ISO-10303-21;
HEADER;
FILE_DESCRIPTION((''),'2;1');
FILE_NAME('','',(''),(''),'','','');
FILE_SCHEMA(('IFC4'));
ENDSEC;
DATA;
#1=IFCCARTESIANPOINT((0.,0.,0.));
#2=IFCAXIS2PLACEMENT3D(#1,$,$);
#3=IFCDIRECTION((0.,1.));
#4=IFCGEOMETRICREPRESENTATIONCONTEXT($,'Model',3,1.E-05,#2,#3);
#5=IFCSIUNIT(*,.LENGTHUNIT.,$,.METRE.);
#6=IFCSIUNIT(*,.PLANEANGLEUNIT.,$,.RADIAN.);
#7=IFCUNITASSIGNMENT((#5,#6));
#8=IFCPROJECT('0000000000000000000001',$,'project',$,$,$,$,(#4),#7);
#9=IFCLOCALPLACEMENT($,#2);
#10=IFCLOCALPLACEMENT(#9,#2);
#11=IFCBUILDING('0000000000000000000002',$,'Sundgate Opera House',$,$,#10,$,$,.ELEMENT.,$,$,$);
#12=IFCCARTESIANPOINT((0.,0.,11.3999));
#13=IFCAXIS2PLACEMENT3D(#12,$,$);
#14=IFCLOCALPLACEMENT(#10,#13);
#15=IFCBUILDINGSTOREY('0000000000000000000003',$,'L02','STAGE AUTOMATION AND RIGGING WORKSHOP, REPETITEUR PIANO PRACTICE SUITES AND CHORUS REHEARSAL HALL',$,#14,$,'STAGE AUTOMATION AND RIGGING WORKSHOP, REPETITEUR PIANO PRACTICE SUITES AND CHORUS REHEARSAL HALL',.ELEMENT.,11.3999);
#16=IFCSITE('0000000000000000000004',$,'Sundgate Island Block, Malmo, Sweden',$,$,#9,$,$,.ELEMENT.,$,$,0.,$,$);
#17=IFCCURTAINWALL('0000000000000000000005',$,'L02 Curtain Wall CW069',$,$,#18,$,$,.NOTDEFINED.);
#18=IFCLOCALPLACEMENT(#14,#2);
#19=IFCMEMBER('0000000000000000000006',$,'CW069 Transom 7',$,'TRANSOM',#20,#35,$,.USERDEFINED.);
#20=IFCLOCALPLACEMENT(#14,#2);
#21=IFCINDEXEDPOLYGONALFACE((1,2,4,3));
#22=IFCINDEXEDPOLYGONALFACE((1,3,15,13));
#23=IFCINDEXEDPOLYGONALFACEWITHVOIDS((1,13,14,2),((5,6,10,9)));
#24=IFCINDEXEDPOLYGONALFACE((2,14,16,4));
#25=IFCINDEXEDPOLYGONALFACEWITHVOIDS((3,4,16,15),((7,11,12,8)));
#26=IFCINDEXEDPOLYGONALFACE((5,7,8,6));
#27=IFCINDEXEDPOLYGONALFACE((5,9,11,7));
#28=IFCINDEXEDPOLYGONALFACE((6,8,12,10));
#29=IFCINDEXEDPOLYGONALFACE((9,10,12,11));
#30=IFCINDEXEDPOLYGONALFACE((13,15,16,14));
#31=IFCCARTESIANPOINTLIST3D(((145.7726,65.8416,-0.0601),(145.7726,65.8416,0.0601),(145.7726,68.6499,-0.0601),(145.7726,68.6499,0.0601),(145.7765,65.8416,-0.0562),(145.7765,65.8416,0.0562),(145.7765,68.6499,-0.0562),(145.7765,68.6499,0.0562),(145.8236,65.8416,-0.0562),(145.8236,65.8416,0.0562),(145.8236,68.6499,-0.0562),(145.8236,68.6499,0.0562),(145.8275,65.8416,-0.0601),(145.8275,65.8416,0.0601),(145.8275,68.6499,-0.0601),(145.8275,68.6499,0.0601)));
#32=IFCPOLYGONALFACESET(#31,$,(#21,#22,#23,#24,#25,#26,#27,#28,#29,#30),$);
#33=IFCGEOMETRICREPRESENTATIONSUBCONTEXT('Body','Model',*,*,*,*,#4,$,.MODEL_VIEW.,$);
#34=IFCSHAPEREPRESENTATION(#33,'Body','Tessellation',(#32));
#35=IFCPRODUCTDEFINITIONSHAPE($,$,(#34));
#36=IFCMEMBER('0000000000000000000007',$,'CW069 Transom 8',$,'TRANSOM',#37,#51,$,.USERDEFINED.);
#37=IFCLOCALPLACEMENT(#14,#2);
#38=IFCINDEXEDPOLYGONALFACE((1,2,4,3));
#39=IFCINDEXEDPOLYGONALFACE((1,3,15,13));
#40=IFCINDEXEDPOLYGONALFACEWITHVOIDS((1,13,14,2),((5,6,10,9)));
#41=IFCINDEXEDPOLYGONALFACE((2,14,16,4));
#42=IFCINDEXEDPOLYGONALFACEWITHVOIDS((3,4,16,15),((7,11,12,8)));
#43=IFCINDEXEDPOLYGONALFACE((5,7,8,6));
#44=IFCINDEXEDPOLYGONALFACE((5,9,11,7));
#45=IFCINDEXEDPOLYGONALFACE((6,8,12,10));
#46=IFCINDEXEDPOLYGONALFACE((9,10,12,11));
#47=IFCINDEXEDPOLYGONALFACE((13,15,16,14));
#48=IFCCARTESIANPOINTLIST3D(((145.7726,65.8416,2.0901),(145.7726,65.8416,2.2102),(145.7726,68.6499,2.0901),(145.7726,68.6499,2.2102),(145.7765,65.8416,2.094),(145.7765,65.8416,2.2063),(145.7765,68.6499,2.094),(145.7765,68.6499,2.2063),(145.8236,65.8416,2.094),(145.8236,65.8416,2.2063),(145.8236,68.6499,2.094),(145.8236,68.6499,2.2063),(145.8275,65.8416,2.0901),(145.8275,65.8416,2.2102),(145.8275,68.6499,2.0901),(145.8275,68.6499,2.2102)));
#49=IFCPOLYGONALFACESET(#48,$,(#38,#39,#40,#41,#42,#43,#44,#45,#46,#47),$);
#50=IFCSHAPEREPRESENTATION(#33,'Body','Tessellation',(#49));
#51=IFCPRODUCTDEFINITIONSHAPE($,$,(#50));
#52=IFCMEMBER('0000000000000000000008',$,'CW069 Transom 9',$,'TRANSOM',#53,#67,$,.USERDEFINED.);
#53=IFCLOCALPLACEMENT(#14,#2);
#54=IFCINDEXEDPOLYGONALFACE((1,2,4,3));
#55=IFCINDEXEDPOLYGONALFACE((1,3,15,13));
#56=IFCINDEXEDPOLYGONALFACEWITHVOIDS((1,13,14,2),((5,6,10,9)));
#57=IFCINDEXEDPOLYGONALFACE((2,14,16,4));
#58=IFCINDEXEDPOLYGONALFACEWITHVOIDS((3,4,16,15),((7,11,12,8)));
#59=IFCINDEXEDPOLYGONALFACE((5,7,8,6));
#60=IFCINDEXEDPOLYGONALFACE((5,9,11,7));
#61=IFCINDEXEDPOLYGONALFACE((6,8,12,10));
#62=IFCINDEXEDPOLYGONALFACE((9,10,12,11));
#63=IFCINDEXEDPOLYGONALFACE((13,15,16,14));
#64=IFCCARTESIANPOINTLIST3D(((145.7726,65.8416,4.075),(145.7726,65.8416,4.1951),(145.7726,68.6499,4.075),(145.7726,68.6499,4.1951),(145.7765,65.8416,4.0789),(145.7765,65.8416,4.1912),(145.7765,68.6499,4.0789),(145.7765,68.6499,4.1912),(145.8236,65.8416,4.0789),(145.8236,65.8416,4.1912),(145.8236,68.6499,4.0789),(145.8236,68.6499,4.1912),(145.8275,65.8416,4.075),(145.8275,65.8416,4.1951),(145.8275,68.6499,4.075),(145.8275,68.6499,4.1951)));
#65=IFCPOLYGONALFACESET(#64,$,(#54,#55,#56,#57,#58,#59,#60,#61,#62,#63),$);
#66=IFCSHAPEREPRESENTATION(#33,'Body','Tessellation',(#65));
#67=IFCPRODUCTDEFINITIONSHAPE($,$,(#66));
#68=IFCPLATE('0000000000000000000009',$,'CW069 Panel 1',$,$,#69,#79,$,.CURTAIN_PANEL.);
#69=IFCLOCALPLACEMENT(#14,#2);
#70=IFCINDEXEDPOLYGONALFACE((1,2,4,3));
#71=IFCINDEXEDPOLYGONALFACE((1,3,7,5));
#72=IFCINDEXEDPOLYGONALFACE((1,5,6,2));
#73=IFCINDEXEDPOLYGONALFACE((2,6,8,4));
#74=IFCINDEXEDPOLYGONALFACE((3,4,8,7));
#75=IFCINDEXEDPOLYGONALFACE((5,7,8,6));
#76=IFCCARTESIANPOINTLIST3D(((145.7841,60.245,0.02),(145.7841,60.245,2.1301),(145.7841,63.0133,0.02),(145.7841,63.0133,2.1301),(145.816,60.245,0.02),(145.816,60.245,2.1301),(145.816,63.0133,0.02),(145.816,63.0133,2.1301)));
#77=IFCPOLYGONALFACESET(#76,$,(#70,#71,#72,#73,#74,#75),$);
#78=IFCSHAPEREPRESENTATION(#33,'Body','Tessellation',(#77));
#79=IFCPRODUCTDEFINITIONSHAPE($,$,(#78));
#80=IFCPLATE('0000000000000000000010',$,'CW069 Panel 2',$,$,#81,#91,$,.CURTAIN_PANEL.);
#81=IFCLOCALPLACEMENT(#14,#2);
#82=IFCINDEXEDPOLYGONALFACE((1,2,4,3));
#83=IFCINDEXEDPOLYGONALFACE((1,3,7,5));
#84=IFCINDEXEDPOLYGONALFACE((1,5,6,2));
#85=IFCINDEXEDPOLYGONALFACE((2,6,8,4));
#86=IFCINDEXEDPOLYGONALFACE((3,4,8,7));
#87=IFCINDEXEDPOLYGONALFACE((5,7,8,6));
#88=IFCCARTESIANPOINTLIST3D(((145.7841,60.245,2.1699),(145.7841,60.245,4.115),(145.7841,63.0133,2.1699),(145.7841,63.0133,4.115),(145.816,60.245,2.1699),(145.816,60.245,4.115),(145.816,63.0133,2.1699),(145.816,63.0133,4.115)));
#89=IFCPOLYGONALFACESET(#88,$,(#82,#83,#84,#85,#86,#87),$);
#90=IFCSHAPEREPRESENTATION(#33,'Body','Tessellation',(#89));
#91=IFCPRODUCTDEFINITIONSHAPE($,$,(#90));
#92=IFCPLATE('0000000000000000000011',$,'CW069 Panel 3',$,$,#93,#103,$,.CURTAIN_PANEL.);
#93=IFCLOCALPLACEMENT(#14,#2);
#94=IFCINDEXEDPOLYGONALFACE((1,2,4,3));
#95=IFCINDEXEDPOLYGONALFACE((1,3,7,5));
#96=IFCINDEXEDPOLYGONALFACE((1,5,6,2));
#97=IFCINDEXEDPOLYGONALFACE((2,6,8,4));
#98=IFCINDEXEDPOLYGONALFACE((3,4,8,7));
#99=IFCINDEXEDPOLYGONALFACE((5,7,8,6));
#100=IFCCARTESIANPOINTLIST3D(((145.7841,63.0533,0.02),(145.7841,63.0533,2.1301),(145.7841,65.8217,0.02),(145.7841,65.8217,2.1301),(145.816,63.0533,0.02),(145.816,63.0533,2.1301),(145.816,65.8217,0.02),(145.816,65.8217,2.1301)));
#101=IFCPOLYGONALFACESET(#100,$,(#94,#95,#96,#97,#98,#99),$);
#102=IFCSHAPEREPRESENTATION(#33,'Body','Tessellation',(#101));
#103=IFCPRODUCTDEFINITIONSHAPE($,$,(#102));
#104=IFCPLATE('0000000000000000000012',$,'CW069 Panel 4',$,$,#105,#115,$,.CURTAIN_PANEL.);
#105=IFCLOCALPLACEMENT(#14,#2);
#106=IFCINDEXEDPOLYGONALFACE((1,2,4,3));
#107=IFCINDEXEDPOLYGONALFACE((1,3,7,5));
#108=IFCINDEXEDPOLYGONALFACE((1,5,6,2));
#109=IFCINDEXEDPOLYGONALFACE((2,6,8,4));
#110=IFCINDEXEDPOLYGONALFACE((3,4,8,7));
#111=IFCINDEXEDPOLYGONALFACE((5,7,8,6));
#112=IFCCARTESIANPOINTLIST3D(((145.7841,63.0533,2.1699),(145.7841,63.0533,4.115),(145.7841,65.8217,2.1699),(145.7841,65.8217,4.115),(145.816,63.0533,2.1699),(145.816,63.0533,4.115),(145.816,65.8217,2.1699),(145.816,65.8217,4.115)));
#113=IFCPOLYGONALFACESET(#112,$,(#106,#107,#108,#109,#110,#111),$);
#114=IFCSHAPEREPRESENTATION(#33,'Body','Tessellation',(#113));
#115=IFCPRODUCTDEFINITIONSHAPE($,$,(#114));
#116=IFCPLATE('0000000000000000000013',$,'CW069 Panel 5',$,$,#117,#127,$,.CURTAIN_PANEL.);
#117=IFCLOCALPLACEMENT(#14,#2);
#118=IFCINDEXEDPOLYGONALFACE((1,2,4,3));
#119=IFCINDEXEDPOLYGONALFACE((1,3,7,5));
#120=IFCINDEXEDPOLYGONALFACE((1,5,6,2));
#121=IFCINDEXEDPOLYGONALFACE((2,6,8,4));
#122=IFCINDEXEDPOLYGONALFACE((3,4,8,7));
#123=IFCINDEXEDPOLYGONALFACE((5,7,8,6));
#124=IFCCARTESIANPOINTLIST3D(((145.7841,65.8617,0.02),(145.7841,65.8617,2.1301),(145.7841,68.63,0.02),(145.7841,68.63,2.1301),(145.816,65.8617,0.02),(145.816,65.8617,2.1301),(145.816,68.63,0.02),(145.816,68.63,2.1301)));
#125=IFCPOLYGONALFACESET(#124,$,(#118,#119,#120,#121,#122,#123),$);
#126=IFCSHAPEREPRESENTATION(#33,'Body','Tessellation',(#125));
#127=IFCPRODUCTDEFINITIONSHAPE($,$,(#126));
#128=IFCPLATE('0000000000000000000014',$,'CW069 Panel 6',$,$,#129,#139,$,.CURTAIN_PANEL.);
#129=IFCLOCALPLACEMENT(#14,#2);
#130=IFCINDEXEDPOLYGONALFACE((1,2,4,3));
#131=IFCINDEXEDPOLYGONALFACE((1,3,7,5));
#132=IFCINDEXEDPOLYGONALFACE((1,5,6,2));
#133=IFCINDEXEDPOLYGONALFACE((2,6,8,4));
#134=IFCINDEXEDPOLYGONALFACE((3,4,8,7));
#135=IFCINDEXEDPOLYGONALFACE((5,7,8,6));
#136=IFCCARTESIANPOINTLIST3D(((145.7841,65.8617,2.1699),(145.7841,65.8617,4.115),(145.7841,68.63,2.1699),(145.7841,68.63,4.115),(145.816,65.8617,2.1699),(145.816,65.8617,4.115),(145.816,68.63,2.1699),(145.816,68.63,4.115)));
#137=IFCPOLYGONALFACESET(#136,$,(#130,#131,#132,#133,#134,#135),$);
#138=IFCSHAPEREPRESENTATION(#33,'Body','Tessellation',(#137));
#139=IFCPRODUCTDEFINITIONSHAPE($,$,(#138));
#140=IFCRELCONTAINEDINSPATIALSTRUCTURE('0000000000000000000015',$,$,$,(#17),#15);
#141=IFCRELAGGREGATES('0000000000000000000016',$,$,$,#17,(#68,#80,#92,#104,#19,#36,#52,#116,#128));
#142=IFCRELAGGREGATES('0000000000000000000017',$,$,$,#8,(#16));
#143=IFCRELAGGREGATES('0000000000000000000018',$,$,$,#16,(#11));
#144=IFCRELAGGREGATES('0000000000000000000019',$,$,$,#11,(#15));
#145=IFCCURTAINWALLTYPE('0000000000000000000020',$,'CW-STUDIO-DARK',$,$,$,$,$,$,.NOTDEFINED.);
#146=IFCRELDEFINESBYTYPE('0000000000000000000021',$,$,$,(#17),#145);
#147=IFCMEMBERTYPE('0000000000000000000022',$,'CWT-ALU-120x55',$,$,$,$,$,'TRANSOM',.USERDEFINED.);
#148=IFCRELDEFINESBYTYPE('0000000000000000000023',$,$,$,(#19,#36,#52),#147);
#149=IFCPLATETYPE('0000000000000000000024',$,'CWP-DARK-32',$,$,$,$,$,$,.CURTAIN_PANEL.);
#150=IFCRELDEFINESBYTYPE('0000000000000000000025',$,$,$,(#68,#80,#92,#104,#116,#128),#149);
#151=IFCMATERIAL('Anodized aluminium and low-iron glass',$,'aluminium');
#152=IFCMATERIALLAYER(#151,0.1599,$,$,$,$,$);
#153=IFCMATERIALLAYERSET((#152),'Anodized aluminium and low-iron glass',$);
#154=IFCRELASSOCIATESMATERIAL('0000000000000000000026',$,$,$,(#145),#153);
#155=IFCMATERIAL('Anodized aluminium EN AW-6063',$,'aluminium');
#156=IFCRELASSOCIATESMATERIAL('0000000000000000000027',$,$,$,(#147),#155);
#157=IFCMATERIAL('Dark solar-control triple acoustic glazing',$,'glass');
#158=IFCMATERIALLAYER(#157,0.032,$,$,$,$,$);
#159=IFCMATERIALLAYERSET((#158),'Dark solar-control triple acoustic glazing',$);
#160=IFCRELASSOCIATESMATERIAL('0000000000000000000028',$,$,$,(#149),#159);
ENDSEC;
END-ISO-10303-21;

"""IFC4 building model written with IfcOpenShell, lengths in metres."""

from ifc_helpers import new_model, si_unit, direction, frame, origin, origin_2d, place, context, subcontext, project, spatial, rectangle, hollow_rectangle, extrude, material, layer, layer_set, material_profile, profile_set, type_object, element, aggregate, save


model = new_model("IFC4")

# Units and contexts
model_context = context("Model", 3, precision=1e-05, world=origin(), true_north=direction((0.0, 1.0)))
body_context = subcontext(model_context, "Body", "Model", "MODEL_VIEW")
ifc_project = project(units=[si_unit("LENGTHUNIT", "METRE"), si_unit("PLANEANGLEUNIT", "RADIAN")], contexts=[model_context])

# Site, building, storey
site_placement = place(None, origin())
site = spatial("IfcSite", under=ifc_project, at=site_placement, Name="Sundgate Island Block, Malmo, Sweden", CompositionType="ELEMENT", RefElevation=0.0)
building_placement = place(site_placement, origin())
building = spatial("IfcBuilding", under=site, at=building_placement, Name="Sundgate Opera House", CompositionType="ELEMENT")
storey_placement = place(building_placement, frame((0.0, 0.0, 11.3999)))
storey = spatial("IfcBuildingStorey", under=building, at=storey_placement, Name="L02", Description="STAGE AUTOMATION AND RIGGING WORKSHOP, REPETITEUR PIANO PRACTICE SUITES AND CHORUS REHEARSAL HALL", LongName="STAGE AUTOMATION AND RIGGING WORKSHOP, REPETITEUR PIANO PRACTICE SUITES AND CHORUS REHEARSAL HALL", CompositionType="ELEMENT", Elevation=11.3999)

# Curtain wall, members, plates
ifc_material_1 = material(Name="Anodized aluminium and low-iron glass", Category="aluminium")
ifc_layer_1 = layer(ifc_material_1, 0.1599)
ifc_layer_set_1 = layer_set([ifc_layer_1], Name="Anodized aluminium and low-iron glass")
curtain_wall_type = type_object("IfcCurtainWallType", Name="CW-STUDIO-DARK", PredefinedType="NOTDEFINED", material=ifc_layer_set_1)
curtain_wall_placement = place(storey_placement, origin())
curtain_wall = element("IfcCurtainWall", 1, at=curtain_wall_placement, inside=storey, type_object=curtain_wall_type, Name="L02 Curtain Wall CW069", PredefinedType="NOTDEFINED")
ifc_material_2 = material(Name="Anodized aluminium EN AW-6063", Category="aluminium")
ifc_material_profile_1 = material_profile(ifc_material_2, hollow_rectangle(XDim=0.0549, YDim=0.1201, WallThickness=0.0039, at=origin_2d()), Name="CWT 120x55x4")
ifc_profile_set_1 = profile_set([ifc_material_profile_1], Name="Anodized aluminium EN AW-6063")
member_type_1 = type_object("IfcMemberType", Name="CWT-ALU-120x55", ElementType="TRANSOM", PredefinedType="USERDEFINED", material=ifc_profile_set_1)
member_1_placement = place(storey_placement, frame((145.8, 65.8416, 0.0), z_axis=(0.0, 1.0, 0.0), x_axis=(-1.0, 0.0, 0.0)))
member_1 = element("IfcMember", 2, at=member_1_placement, type_object=member_type_1, Name="CW069 Transom 7", ObjectType="TRANSOM", PredefinedType="USERDEFINED", context=body_context, shape_type="SweptSolid", body=[
    extrude(hollow_rectangle(XDim=0.0549, YDim=0.1201, WallThickness=0.0039, at=origin_2d()), origin(), (0.0, 0.0, 1.0), 2.8083),
])
member_2_placement = place(storey_placement, frame((145.8, 65.8416, 2.1501), z_axis=(0.0, 1.0, 0.0), x_axis=(-1.0, 0.0, 0.0)))
member_2 = element("IfcMember", 3, at=member_2_placement, type_object=member_type_1, Name="CW069 Transom 8", ObjectType="TRANSOM", PredefinedType="USERDEFINED", context=body_context, shape_type="SweptSolid", body=[
    extrude(hollow_rectangle(XDim=0.0549, YDim=0.1201, WallThickness=0.0039, at=origin_2d()), origin(), (0.0, 0.0, 1.0), 2.8083),
])
member_3_placement = place(storey_placement, frame((145.8, 65.8416, 4.135), z_axis=(0.0, 1.0, 0.0), x_axis=(-1.0, 0.0, 0.0)))
member_3 = element("IfcMember", 4, at=member_3_placement, type_object=member_type_1, Name="CW069 Transom 9", ObjectType="TRANSOM", PredefinedType="USERDEFINED", context=body_context, shape_type="SweptSolid", body=[
    extrude(hollow_rectangle(XDim=0.0549, YDim=0.1201, WallThickness=0.0039, at=origin_2d()), origin(), (0.0, 0.0, 1.0), 2.8083),
])
ifc_material_3 = material(Name="Dark solar-control triple acoustic glazing", Category="glass")
ifc_layer_2 = layer(ifc_material_3, 0.032)
ifc_layer_set_2 = layer_set([ifc_layer_2], Name="Dark solar-control triple acoustic glazing")
plate_type = type_object("IfcPlateType", Name="CWP-DARK-32", PredefinedType="CURTAIN_PANEL", material=ifc_layer_set_2)
plate_1_placement = place(storey_placement, frame((145.8, 61.6292, 0.02), z_axis=(0.0, 0.0, 1.0), x_axis=(0.0, 1.0, 0.0)))
plate_1 = element("IfcPlate", 5, at=plate_1_placement, type_object=plate_type, Name="CW069 Panel 1", PredefinedType="CURTAIN_PANEL", context=body_context, shape_type="SweptSolid", body=[
    extrude(rectangle(XDim=2.7683, YDim=0.032, at=origin_2d()), origin(), (0.0, 0.0, 1.0), 2.1101),
])
plate_2_placement = place(storey_placement, frame((145.8, 61.6292, 2.1699), z_axis=(0.0, 0.0, 1.0), x_axis=(0.0, 1.0, 0.0)))
plate_2 = element("IfcPlate", 6, at=plate_2_placement, type_object=plate_type, Name="CW069 Panel 2", PredefinedType="CURTAIN_PANEL", context=body_context, shape_type="SweptSolid", body=[
    extrude(rectangle(XDim=2.7683, YDim=0.032, at=origin_2d()), origin(), (0.0, 0.0, 1.0), 1.9451),
])
plate_3_placement = place(storey_placement, frame((145.8, 64.4375, 0.02), z_axis=(0.0, 0.0, 1.0), x_axis=(0.0, 1.0, 0.0)))
plate_3 = element("IfcPlate", 7, at=plate_3_placement, type_object=plate_type, Name="CW069 Panel 3", PredefinedType="CURTAIN_PANEL", context=body_context, shape_type="SweptSolid", body=[
    extrude(rectangle(XDim=2.7683, YDim=0.032, at=origin_2d()), origin(), (0.0, 0.0, 1.0), 2.1101),
])
plate_4_placement = place(storey_placement, frame((145.8, 64.4375, 2.1699), z_axis=(0.0, 0.0, 1.0), x_axis=(0.0, 1.0, 0.0)))
plate_4 = element("IfcPlate", 8, at=plate_4_placement, type_object=plate_type, Name="CW069 Panel 4", PredefinedType="CURTAIN_PANEL", context=body_context, shape_type="SweptSolid", body=[
    extrude(rectangle(XDim=2.7683, YDim=0.032, at=origin_2d()), origin(), (0.0, 0.0, 1.0), 1.9451),
])
plate_5_placement = place(storey_placement, frame((145.8, 67.2458, 0.02), z_axis=(0.0, 0.0, 1.0), x_axis=(0.0, 1.0, 0.0)))
plate_5 = element("IfcPlate", 9, at=plate_5_placement, type_object=plate_type, Name="CW069 Panel 5", PredefinedType="CURTAIN_PANEL", context=body_context, shape_type="SweptSolid", body=[
    extrude(rectangle(XDim=2.7683, YDim=0.032, at=origin_2d()), origin(), (0.0, 0.0, 1.0), 2.1101),
])
plate_6_placement = place(storey_placement, frame((145.8, 67.2458, 2.1699), z_axis=(0.0, 0.0, 1.0), x_axis=(0.0, 1.0, 0.0)))
plate_6 = element("IfcPlate", 10, at=plate_6_placement, type_object=plate_type, Name="CW069 Panel 6", PredefinedType="CURTAIN_PANEL", context=body_context, shape_type="SweptSolid", body=[
    extrude(rectangle(XDim=2.7683, YDim=0.032, at=origin_2d()), origin(), (0.0, 0.0, 1.0), 1.9451),
])
aggregate(curtain_wall, [plate_1, plate_2, plate_3, plate_4, member_1, member_2, member_3, plate_5, plate_6])

save(model, "model.ifc")
